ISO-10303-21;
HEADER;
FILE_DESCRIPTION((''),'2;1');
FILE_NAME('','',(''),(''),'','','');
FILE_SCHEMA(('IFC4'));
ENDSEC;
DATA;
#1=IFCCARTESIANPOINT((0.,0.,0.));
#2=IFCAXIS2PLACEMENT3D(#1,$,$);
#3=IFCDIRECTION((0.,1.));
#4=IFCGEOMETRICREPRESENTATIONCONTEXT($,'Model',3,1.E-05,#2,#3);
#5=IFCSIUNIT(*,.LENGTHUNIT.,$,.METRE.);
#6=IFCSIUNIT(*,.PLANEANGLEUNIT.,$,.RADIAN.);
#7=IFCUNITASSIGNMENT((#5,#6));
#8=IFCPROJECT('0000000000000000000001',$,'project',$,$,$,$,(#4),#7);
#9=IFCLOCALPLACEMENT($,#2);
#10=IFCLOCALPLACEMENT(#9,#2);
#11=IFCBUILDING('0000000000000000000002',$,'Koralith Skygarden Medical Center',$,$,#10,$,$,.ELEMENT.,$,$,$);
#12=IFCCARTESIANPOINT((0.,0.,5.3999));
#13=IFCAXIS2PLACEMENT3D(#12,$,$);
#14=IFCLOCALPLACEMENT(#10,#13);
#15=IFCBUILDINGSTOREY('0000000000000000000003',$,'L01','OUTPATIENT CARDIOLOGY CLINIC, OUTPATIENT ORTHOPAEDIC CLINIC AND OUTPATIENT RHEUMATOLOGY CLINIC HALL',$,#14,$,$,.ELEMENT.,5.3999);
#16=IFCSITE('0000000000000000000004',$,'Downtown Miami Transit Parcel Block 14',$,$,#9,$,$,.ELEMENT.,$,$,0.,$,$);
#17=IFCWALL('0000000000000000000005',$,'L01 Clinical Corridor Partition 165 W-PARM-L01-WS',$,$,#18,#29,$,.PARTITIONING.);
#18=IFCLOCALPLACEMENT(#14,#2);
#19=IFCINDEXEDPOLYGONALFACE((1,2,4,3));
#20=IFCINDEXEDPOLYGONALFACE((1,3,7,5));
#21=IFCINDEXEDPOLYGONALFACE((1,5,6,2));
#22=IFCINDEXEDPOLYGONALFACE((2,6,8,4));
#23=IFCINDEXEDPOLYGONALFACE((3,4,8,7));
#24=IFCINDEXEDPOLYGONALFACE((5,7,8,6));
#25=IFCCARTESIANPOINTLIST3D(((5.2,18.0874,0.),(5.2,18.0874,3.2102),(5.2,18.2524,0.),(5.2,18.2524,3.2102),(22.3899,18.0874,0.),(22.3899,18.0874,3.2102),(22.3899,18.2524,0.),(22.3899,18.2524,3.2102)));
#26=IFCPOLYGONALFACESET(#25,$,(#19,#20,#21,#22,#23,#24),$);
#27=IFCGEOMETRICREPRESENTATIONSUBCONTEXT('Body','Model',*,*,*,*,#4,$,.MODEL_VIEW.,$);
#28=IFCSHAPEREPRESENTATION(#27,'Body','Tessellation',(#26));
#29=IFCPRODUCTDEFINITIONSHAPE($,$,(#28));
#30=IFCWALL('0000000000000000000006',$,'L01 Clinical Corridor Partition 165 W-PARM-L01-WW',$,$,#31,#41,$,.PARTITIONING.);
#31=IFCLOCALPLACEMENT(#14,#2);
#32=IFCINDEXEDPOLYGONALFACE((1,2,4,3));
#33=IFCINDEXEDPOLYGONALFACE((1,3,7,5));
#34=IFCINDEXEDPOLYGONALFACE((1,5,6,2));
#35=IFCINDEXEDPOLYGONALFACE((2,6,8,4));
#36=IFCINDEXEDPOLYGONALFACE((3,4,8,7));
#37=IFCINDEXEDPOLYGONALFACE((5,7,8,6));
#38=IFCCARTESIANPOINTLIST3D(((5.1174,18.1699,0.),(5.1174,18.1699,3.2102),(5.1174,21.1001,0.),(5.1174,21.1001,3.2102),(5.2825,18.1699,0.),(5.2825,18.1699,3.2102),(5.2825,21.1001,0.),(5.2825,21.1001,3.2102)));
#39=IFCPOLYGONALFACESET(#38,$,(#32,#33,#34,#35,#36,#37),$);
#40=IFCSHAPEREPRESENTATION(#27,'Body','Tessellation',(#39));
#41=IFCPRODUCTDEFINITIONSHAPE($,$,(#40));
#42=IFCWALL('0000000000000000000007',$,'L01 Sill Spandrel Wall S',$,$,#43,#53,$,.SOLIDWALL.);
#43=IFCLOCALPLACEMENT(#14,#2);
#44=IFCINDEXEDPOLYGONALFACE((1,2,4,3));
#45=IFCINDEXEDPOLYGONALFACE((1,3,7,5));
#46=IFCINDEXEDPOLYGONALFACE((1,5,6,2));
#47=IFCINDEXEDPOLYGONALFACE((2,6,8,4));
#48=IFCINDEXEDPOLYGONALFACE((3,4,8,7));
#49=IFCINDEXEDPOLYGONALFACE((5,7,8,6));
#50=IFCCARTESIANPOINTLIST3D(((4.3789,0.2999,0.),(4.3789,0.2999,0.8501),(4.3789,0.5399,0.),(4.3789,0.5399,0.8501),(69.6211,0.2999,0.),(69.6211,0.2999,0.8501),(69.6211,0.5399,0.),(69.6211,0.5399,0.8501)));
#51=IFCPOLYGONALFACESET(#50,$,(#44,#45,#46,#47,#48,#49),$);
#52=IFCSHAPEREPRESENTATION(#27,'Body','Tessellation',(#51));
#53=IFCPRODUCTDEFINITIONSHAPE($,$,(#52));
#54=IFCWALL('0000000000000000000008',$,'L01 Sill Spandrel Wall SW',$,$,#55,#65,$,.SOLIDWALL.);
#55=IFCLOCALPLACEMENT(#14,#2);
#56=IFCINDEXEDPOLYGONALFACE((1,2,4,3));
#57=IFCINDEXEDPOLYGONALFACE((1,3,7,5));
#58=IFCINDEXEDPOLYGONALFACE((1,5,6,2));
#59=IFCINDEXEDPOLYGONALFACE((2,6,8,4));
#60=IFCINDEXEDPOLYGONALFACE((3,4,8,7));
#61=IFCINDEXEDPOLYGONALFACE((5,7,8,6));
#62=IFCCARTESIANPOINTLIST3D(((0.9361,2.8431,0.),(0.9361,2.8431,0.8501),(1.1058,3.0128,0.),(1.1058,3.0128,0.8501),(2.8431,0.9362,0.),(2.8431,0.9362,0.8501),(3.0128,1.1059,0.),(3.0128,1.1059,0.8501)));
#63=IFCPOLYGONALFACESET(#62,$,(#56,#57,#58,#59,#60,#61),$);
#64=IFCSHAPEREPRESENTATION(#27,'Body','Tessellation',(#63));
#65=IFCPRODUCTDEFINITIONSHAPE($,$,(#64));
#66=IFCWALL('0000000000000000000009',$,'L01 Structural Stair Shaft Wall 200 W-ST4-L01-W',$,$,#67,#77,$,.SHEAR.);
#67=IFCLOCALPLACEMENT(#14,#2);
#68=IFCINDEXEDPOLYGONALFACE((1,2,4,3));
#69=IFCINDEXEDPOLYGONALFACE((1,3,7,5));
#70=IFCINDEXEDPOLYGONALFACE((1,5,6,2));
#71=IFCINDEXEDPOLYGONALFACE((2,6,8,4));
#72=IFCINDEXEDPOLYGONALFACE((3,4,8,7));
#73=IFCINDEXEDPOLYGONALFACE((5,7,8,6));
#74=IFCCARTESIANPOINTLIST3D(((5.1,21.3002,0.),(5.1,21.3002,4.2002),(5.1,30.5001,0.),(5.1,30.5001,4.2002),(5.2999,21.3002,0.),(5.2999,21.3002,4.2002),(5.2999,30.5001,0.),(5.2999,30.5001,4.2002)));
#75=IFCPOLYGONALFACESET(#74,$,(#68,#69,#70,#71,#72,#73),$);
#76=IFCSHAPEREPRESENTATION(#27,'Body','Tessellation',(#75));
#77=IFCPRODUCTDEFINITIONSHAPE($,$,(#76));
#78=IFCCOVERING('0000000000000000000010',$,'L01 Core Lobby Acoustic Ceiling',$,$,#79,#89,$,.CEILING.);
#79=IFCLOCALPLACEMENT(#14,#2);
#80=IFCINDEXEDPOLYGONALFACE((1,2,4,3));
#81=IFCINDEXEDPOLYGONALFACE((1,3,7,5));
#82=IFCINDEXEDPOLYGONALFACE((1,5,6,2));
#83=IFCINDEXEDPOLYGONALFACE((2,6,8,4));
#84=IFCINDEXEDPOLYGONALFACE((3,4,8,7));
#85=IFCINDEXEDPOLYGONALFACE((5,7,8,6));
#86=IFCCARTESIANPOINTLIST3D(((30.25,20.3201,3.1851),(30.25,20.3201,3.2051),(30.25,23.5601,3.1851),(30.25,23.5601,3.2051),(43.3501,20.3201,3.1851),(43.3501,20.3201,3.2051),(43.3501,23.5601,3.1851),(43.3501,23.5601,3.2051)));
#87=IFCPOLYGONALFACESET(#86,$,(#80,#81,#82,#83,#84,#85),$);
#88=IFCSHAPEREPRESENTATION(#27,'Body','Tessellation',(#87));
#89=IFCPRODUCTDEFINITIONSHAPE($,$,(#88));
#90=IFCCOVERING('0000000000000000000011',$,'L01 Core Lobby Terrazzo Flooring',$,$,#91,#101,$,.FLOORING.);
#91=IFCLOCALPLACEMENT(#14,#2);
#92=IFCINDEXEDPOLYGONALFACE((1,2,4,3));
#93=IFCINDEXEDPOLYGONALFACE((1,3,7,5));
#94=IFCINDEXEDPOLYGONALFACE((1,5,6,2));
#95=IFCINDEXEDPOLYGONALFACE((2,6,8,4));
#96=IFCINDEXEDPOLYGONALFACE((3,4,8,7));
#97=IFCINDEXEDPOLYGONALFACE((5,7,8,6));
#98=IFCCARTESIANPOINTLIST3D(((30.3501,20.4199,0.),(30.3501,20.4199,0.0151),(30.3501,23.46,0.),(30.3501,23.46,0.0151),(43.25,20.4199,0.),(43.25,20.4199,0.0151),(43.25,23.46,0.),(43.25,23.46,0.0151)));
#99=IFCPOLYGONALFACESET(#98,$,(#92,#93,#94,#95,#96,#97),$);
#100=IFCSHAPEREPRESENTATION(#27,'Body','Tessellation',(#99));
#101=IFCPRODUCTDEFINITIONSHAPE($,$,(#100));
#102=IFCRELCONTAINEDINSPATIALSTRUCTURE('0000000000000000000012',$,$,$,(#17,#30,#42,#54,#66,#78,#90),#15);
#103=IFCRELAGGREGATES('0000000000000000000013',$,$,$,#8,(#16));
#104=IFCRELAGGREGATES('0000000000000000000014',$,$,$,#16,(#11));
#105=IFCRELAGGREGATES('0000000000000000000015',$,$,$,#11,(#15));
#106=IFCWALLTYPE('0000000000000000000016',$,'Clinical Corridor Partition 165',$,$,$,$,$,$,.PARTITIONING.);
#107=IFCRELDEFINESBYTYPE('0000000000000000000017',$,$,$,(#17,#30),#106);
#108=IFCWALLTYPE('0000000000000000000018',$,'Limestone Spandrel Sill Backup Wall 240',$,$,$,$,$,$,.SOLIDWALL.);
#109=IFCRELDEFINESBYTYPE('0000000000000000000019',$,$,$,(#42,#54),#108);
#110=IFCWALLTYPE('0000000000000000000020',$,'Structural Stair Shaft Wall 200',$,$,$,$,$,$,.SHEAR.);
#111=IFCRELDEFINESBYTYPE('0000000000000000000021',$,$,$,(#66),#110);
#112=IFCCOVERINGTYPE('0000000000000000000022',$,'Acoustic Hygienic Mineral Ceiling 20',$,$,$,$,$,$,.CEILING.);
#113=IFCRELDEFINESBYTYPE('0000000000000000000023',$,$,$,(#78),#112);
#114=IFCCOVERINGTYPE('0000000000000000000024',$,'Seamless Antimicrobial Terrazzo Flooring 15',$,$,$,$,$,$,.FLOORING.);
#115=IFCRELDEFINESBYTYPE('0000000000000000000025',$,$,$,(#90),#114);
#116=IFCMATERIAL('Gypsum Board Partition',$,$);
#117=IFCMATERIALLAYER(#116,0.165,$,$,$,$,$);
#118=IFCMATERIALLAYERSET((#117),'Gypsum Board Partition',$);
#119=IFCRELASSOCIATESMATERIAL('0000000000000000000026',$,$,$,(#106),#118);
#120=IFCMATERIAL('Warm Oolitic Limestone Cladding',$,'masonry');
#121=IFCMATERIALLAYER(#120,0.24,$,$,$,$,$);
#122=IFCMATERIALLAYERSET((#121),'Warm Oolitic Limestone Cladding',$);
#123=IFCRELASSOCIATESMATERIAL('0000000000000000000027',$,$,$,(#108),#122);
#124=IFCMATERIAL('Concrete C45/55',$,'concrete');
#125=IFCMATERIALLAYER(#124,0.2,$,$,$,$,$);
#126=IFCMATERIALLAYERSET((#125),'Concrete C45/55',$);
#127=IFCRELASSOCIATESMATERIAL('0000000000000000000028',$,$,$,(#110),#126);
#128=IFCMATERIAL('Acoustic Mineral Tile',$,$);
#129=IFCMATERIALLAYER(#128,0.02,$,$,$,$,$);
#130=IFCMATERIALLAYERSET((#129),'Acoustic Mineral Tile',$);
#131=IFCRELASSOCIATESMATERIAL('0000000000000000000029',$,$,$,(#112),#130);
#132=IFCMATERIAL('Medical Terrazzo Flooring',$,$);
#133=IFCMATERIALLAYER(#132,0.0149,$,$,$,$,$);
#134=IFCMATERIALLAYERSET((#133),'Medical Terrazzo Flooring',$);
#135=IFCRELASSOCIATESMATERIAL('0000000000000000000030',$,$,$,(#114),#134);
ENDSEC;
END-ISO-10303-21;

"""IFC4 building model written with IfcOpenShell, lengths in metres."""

from ifc_helpers import new_model, si_unit, direction, frame, frame_2d, origin, place, context, subcontext, project, spatial, polyline, rectangle, outline, extrude, material, layer, layer_set, type_object, element, save


model = new_model("IFC4")

# Units and contexts
model_context = context("Model", 3, precision=1e-05, world=origin(), true_north=direction((0.0, 1.0)))
body_context = subcontext(model_context, "Body", "Model", "MODEL_VIEW")
ifc_project = project(units=[si_unit("LENGTHUNIT", "METRE"), si_unit("PLANEANGLEUNIT", "RADIAN")], contexts=[model_context])

# Site, building, storey
site_placement = place(None, origin())
site = spatial("IfcSite", under=ifc_project, at=site_placement, Name="Downtown Miami Transit Parcel Block 14", CompositionType="ELEMENT", RefElevation=0.0)
building_placement = place(site_placement, origin())
building = spatial("IfcBuilding", under=site, at=building_placement, Name="Koralith Skygarden Medical Center", CompositionType="ELEMENT")
storey_placement = place(building_placement, frame((0.0, 0.0, 5.3999)))
storey = spatial("IfcBuildingStorey", under=building, at=storey_placement, Name="L01", Description="OUTPATIENT CARDIOLOGY CLINIC, OUTPATIENT ORTHOPAEDIC CLINIC AND OUTPATIENT RHEUMATOLOGY CLINIC HALL", CompositionType="ELEMENT", Elevation=5.3999)

# Shared definitions
ifc_material_1 = material(Name="Concrete C45/55", Category="concrete")

# Shared definitions
ifc_material_2 = material(Name="Warm Oolitic Limestone Cladding", Category="masonry")

# Walls
ifc_material_3 = material(Name="Gypsum Board Partition")
ifc_layer_1 = layer(ifc_material_3, 0.165)
ifc_layer_set_1 = layer_set([ifc_layer_1], Name="Gypsum Board Partition")
wall_type_1 = type_object("IfcWallType", Name="Clinical Corridor Partition 165", PredefinedType="PARTITIONING", material=ifc_layer_set_1)
wall_1_placement = place(storey_placement, frame((5.2, 18.1699, 0.0), z_axis=(0.0, 0.0, 1.0), x_axis=(1.0, 0.0, 0.0)))
element("IfcWall", 1, at=wall_1_placement, inside=storey, type_object=wall_type_1, Name="L01 Clinical Corridor Partition 165 W-PARM-L01-WS", PredefinedType="PARTITIONING", context=body_context, shape_type="SweptSolid", body=[
    extrude(rectangle(XDim=17.1899, YDim=0.165, at=frame_2d((8.595, 0.0))), origin(), (0.0, 0.0, 1.0), 3.2102),
])
wall_2_placement = place(storey_placement, frame((5.2, 18.1699, 0.0), z_axis=(0.0, 0.0, 1.0), x_axis=(0.0, 1.0, 0.0)))
element("IfcWall", 2, at=wall_2_placement, inside=storey, type_object=wall_type_1, Name="L01 Clinical Corridor Partition 165 W-PARM-L01-WW", PredefinedType="PARTITIONING", context=body_context, shape_type="SweptSolid", body=[
    extrude(rectangle(XDim=2.9302, YDim=0.165, at=frame_2d((1.4651, 0.0))), origin(), (0.0, 0.0, 1.0), 3.2102),
])
ifc_layer_2 = layer(ifc_material_2, 0.24)
ifc_layer_set_2 = layer_set([ifc_layer_2], Name="Warm Oolitic Limestone Cladding")
wall_type_2 = type_object("IfcWallType", Name="Limestone Spandrel Sill Backup Wall 240", PredefinedType="SOLIDWALL", material=ifc_layer_set_2)
wall_3_placement = place(storey_placement, frame((4.3789, 0.4199, 0.0), z_axis=(0.0, 0.0, 1.0), x_axis=(1.0, 0.0, 0.0)))
element("IfcWall", 3, at=wall_3_placement, inside=storey, type_object=wall_type_2, Name="L01 Sill Spandrel Wall S", PredefinedType="SOLIDWALL", context=body_context, shape_type="SweptSolid", body=[
    extrude(rectangle(XDim=65.2422, YDim=0.24, at=frame_2d((32.6211, 0.0))), origin(), (0.0, 0.0, 1.0), 0.8501),
])
wall_4_placement = place(storey_placement, frame((1.021, 2.928, 0.0), z_axis=(0.0, 0.0, 1.0), x_axis=(0.707107, -0.707107, 0.0)))
element("IfcWall", 4, at=wall_4_placement, inside=storey, type_object=wall_type_2, Name="L01 Sill Spandrel Wall SW", PredefinedType="SOLIDWALL", context=body_context, shape_type="SweptSolid", body=[
    extrude(rectangle(XDim=2.6968, YDim=0.24, at=frame_2d((1.3484, 0.0))), origin(), (0.0, 0.0, 1.0), 0.8501),
])

# Shared definitions
ifc_layer_3 = layer(ifc_material_1, 0.2)
ifc_layer_set_3 = layer_set([ifc_layer_3], Name="Concrete C45/55")
wall_type_3 = type_object("IfcWallType", Name="Structural Stair Shaft Wall 200", PredefinedType="SHEAR", material=ifc_layer_set_3)

# Wall
wall_5_placement = place(storey_placement, frame((5.2, 21.3, 0.0), z_axis=(0.0, 0.0, 1.0), x_axis=(0.0, 1.0, 0.0)))
element("IfcWall", 5, at=wall_5_placement, inside=storey, type_object=wall_type_3, Name="L01 Structural Stair Shaft Wall 200 W-ST4-L01-W", PredefinedType="SHEAR", context=body_context, shape_type="SweptSolid", body=[
    extrude(rectangle(XDim=9.2, YDim=0.2, at=frame_2d((4.6001, 0.0))), origin(), (0.0, 0.0, 1.0), 4.2002),
])

# Coverings
ifc_material_4 = material(Name="Acoustic Mineral Tile")
ifc_layer_4 = layer(ifc_material_4, 0.02)
ifc_layer_set_4 = layer_set([ifc_layer_4], Name="Acoustic Mineral Tile")
covering_type_1 = type_object("IfcCoveringType", Name="Acoustic Hygienic Mineral Ceiling 20", PredefinedType="CEILING", material=ifc_layer_set_4)
covering_1_placement = place(storey_placement, frame((0.0, 0.0, 3.1851)))
element("IfcCovering", 6, at=covering_1_placement, inside=storey, type_object=covering_type_1, Name="L01 Core Lobby Acoustic Ceiling", PredefinedType="CEILING", context=body_context, shape_type="SweptSolid", body=[
    extrude(outline(polyline([(30.25, 20.3201), (43.3501, 20.3201), (43.3501, 23.5601), (30.25, 23.5601), (30.25, 20.3201)])), origin(), (0.0, 0.0, 1.0), 0.02),
])
ifc_material_5 = material(Name="Medical Terrazzo Flooring")
ifc_layer_5 = layer(ifc_material_5, 0.0149)
ifc_layer_set_5 = layer_set([ifc_layer_5], Name="Medical Terrazzo Flooring")
covering_type_2 = type_object("IfcCoveringType", Name="Seamless Antimicrobial Terrazzo Flooring 15", PredefinedType="FLOORING", material=ifc_layer_set_5)
covering_2_placement = place(storey_placement, origin())
element("IfcCovering", 7, at=covering_2_placement, inside=storey, type_object=covering_type_2, Name="L01 Core Lobby Terrazzo Flooring", PredefinedType="FLOORING", context=body_context, shape_type="SweptSolid", body=[
    extrude(outline(polyline([(30.3501, 20.4199), (43.25, 20.4199), (43.25, 23.46), (30.3501, 23.46), (30.3501, 20.4199)])), origin(), (0.0, 0.0, 1.0), 0.0151),
])

save(model, "model.ifc")
